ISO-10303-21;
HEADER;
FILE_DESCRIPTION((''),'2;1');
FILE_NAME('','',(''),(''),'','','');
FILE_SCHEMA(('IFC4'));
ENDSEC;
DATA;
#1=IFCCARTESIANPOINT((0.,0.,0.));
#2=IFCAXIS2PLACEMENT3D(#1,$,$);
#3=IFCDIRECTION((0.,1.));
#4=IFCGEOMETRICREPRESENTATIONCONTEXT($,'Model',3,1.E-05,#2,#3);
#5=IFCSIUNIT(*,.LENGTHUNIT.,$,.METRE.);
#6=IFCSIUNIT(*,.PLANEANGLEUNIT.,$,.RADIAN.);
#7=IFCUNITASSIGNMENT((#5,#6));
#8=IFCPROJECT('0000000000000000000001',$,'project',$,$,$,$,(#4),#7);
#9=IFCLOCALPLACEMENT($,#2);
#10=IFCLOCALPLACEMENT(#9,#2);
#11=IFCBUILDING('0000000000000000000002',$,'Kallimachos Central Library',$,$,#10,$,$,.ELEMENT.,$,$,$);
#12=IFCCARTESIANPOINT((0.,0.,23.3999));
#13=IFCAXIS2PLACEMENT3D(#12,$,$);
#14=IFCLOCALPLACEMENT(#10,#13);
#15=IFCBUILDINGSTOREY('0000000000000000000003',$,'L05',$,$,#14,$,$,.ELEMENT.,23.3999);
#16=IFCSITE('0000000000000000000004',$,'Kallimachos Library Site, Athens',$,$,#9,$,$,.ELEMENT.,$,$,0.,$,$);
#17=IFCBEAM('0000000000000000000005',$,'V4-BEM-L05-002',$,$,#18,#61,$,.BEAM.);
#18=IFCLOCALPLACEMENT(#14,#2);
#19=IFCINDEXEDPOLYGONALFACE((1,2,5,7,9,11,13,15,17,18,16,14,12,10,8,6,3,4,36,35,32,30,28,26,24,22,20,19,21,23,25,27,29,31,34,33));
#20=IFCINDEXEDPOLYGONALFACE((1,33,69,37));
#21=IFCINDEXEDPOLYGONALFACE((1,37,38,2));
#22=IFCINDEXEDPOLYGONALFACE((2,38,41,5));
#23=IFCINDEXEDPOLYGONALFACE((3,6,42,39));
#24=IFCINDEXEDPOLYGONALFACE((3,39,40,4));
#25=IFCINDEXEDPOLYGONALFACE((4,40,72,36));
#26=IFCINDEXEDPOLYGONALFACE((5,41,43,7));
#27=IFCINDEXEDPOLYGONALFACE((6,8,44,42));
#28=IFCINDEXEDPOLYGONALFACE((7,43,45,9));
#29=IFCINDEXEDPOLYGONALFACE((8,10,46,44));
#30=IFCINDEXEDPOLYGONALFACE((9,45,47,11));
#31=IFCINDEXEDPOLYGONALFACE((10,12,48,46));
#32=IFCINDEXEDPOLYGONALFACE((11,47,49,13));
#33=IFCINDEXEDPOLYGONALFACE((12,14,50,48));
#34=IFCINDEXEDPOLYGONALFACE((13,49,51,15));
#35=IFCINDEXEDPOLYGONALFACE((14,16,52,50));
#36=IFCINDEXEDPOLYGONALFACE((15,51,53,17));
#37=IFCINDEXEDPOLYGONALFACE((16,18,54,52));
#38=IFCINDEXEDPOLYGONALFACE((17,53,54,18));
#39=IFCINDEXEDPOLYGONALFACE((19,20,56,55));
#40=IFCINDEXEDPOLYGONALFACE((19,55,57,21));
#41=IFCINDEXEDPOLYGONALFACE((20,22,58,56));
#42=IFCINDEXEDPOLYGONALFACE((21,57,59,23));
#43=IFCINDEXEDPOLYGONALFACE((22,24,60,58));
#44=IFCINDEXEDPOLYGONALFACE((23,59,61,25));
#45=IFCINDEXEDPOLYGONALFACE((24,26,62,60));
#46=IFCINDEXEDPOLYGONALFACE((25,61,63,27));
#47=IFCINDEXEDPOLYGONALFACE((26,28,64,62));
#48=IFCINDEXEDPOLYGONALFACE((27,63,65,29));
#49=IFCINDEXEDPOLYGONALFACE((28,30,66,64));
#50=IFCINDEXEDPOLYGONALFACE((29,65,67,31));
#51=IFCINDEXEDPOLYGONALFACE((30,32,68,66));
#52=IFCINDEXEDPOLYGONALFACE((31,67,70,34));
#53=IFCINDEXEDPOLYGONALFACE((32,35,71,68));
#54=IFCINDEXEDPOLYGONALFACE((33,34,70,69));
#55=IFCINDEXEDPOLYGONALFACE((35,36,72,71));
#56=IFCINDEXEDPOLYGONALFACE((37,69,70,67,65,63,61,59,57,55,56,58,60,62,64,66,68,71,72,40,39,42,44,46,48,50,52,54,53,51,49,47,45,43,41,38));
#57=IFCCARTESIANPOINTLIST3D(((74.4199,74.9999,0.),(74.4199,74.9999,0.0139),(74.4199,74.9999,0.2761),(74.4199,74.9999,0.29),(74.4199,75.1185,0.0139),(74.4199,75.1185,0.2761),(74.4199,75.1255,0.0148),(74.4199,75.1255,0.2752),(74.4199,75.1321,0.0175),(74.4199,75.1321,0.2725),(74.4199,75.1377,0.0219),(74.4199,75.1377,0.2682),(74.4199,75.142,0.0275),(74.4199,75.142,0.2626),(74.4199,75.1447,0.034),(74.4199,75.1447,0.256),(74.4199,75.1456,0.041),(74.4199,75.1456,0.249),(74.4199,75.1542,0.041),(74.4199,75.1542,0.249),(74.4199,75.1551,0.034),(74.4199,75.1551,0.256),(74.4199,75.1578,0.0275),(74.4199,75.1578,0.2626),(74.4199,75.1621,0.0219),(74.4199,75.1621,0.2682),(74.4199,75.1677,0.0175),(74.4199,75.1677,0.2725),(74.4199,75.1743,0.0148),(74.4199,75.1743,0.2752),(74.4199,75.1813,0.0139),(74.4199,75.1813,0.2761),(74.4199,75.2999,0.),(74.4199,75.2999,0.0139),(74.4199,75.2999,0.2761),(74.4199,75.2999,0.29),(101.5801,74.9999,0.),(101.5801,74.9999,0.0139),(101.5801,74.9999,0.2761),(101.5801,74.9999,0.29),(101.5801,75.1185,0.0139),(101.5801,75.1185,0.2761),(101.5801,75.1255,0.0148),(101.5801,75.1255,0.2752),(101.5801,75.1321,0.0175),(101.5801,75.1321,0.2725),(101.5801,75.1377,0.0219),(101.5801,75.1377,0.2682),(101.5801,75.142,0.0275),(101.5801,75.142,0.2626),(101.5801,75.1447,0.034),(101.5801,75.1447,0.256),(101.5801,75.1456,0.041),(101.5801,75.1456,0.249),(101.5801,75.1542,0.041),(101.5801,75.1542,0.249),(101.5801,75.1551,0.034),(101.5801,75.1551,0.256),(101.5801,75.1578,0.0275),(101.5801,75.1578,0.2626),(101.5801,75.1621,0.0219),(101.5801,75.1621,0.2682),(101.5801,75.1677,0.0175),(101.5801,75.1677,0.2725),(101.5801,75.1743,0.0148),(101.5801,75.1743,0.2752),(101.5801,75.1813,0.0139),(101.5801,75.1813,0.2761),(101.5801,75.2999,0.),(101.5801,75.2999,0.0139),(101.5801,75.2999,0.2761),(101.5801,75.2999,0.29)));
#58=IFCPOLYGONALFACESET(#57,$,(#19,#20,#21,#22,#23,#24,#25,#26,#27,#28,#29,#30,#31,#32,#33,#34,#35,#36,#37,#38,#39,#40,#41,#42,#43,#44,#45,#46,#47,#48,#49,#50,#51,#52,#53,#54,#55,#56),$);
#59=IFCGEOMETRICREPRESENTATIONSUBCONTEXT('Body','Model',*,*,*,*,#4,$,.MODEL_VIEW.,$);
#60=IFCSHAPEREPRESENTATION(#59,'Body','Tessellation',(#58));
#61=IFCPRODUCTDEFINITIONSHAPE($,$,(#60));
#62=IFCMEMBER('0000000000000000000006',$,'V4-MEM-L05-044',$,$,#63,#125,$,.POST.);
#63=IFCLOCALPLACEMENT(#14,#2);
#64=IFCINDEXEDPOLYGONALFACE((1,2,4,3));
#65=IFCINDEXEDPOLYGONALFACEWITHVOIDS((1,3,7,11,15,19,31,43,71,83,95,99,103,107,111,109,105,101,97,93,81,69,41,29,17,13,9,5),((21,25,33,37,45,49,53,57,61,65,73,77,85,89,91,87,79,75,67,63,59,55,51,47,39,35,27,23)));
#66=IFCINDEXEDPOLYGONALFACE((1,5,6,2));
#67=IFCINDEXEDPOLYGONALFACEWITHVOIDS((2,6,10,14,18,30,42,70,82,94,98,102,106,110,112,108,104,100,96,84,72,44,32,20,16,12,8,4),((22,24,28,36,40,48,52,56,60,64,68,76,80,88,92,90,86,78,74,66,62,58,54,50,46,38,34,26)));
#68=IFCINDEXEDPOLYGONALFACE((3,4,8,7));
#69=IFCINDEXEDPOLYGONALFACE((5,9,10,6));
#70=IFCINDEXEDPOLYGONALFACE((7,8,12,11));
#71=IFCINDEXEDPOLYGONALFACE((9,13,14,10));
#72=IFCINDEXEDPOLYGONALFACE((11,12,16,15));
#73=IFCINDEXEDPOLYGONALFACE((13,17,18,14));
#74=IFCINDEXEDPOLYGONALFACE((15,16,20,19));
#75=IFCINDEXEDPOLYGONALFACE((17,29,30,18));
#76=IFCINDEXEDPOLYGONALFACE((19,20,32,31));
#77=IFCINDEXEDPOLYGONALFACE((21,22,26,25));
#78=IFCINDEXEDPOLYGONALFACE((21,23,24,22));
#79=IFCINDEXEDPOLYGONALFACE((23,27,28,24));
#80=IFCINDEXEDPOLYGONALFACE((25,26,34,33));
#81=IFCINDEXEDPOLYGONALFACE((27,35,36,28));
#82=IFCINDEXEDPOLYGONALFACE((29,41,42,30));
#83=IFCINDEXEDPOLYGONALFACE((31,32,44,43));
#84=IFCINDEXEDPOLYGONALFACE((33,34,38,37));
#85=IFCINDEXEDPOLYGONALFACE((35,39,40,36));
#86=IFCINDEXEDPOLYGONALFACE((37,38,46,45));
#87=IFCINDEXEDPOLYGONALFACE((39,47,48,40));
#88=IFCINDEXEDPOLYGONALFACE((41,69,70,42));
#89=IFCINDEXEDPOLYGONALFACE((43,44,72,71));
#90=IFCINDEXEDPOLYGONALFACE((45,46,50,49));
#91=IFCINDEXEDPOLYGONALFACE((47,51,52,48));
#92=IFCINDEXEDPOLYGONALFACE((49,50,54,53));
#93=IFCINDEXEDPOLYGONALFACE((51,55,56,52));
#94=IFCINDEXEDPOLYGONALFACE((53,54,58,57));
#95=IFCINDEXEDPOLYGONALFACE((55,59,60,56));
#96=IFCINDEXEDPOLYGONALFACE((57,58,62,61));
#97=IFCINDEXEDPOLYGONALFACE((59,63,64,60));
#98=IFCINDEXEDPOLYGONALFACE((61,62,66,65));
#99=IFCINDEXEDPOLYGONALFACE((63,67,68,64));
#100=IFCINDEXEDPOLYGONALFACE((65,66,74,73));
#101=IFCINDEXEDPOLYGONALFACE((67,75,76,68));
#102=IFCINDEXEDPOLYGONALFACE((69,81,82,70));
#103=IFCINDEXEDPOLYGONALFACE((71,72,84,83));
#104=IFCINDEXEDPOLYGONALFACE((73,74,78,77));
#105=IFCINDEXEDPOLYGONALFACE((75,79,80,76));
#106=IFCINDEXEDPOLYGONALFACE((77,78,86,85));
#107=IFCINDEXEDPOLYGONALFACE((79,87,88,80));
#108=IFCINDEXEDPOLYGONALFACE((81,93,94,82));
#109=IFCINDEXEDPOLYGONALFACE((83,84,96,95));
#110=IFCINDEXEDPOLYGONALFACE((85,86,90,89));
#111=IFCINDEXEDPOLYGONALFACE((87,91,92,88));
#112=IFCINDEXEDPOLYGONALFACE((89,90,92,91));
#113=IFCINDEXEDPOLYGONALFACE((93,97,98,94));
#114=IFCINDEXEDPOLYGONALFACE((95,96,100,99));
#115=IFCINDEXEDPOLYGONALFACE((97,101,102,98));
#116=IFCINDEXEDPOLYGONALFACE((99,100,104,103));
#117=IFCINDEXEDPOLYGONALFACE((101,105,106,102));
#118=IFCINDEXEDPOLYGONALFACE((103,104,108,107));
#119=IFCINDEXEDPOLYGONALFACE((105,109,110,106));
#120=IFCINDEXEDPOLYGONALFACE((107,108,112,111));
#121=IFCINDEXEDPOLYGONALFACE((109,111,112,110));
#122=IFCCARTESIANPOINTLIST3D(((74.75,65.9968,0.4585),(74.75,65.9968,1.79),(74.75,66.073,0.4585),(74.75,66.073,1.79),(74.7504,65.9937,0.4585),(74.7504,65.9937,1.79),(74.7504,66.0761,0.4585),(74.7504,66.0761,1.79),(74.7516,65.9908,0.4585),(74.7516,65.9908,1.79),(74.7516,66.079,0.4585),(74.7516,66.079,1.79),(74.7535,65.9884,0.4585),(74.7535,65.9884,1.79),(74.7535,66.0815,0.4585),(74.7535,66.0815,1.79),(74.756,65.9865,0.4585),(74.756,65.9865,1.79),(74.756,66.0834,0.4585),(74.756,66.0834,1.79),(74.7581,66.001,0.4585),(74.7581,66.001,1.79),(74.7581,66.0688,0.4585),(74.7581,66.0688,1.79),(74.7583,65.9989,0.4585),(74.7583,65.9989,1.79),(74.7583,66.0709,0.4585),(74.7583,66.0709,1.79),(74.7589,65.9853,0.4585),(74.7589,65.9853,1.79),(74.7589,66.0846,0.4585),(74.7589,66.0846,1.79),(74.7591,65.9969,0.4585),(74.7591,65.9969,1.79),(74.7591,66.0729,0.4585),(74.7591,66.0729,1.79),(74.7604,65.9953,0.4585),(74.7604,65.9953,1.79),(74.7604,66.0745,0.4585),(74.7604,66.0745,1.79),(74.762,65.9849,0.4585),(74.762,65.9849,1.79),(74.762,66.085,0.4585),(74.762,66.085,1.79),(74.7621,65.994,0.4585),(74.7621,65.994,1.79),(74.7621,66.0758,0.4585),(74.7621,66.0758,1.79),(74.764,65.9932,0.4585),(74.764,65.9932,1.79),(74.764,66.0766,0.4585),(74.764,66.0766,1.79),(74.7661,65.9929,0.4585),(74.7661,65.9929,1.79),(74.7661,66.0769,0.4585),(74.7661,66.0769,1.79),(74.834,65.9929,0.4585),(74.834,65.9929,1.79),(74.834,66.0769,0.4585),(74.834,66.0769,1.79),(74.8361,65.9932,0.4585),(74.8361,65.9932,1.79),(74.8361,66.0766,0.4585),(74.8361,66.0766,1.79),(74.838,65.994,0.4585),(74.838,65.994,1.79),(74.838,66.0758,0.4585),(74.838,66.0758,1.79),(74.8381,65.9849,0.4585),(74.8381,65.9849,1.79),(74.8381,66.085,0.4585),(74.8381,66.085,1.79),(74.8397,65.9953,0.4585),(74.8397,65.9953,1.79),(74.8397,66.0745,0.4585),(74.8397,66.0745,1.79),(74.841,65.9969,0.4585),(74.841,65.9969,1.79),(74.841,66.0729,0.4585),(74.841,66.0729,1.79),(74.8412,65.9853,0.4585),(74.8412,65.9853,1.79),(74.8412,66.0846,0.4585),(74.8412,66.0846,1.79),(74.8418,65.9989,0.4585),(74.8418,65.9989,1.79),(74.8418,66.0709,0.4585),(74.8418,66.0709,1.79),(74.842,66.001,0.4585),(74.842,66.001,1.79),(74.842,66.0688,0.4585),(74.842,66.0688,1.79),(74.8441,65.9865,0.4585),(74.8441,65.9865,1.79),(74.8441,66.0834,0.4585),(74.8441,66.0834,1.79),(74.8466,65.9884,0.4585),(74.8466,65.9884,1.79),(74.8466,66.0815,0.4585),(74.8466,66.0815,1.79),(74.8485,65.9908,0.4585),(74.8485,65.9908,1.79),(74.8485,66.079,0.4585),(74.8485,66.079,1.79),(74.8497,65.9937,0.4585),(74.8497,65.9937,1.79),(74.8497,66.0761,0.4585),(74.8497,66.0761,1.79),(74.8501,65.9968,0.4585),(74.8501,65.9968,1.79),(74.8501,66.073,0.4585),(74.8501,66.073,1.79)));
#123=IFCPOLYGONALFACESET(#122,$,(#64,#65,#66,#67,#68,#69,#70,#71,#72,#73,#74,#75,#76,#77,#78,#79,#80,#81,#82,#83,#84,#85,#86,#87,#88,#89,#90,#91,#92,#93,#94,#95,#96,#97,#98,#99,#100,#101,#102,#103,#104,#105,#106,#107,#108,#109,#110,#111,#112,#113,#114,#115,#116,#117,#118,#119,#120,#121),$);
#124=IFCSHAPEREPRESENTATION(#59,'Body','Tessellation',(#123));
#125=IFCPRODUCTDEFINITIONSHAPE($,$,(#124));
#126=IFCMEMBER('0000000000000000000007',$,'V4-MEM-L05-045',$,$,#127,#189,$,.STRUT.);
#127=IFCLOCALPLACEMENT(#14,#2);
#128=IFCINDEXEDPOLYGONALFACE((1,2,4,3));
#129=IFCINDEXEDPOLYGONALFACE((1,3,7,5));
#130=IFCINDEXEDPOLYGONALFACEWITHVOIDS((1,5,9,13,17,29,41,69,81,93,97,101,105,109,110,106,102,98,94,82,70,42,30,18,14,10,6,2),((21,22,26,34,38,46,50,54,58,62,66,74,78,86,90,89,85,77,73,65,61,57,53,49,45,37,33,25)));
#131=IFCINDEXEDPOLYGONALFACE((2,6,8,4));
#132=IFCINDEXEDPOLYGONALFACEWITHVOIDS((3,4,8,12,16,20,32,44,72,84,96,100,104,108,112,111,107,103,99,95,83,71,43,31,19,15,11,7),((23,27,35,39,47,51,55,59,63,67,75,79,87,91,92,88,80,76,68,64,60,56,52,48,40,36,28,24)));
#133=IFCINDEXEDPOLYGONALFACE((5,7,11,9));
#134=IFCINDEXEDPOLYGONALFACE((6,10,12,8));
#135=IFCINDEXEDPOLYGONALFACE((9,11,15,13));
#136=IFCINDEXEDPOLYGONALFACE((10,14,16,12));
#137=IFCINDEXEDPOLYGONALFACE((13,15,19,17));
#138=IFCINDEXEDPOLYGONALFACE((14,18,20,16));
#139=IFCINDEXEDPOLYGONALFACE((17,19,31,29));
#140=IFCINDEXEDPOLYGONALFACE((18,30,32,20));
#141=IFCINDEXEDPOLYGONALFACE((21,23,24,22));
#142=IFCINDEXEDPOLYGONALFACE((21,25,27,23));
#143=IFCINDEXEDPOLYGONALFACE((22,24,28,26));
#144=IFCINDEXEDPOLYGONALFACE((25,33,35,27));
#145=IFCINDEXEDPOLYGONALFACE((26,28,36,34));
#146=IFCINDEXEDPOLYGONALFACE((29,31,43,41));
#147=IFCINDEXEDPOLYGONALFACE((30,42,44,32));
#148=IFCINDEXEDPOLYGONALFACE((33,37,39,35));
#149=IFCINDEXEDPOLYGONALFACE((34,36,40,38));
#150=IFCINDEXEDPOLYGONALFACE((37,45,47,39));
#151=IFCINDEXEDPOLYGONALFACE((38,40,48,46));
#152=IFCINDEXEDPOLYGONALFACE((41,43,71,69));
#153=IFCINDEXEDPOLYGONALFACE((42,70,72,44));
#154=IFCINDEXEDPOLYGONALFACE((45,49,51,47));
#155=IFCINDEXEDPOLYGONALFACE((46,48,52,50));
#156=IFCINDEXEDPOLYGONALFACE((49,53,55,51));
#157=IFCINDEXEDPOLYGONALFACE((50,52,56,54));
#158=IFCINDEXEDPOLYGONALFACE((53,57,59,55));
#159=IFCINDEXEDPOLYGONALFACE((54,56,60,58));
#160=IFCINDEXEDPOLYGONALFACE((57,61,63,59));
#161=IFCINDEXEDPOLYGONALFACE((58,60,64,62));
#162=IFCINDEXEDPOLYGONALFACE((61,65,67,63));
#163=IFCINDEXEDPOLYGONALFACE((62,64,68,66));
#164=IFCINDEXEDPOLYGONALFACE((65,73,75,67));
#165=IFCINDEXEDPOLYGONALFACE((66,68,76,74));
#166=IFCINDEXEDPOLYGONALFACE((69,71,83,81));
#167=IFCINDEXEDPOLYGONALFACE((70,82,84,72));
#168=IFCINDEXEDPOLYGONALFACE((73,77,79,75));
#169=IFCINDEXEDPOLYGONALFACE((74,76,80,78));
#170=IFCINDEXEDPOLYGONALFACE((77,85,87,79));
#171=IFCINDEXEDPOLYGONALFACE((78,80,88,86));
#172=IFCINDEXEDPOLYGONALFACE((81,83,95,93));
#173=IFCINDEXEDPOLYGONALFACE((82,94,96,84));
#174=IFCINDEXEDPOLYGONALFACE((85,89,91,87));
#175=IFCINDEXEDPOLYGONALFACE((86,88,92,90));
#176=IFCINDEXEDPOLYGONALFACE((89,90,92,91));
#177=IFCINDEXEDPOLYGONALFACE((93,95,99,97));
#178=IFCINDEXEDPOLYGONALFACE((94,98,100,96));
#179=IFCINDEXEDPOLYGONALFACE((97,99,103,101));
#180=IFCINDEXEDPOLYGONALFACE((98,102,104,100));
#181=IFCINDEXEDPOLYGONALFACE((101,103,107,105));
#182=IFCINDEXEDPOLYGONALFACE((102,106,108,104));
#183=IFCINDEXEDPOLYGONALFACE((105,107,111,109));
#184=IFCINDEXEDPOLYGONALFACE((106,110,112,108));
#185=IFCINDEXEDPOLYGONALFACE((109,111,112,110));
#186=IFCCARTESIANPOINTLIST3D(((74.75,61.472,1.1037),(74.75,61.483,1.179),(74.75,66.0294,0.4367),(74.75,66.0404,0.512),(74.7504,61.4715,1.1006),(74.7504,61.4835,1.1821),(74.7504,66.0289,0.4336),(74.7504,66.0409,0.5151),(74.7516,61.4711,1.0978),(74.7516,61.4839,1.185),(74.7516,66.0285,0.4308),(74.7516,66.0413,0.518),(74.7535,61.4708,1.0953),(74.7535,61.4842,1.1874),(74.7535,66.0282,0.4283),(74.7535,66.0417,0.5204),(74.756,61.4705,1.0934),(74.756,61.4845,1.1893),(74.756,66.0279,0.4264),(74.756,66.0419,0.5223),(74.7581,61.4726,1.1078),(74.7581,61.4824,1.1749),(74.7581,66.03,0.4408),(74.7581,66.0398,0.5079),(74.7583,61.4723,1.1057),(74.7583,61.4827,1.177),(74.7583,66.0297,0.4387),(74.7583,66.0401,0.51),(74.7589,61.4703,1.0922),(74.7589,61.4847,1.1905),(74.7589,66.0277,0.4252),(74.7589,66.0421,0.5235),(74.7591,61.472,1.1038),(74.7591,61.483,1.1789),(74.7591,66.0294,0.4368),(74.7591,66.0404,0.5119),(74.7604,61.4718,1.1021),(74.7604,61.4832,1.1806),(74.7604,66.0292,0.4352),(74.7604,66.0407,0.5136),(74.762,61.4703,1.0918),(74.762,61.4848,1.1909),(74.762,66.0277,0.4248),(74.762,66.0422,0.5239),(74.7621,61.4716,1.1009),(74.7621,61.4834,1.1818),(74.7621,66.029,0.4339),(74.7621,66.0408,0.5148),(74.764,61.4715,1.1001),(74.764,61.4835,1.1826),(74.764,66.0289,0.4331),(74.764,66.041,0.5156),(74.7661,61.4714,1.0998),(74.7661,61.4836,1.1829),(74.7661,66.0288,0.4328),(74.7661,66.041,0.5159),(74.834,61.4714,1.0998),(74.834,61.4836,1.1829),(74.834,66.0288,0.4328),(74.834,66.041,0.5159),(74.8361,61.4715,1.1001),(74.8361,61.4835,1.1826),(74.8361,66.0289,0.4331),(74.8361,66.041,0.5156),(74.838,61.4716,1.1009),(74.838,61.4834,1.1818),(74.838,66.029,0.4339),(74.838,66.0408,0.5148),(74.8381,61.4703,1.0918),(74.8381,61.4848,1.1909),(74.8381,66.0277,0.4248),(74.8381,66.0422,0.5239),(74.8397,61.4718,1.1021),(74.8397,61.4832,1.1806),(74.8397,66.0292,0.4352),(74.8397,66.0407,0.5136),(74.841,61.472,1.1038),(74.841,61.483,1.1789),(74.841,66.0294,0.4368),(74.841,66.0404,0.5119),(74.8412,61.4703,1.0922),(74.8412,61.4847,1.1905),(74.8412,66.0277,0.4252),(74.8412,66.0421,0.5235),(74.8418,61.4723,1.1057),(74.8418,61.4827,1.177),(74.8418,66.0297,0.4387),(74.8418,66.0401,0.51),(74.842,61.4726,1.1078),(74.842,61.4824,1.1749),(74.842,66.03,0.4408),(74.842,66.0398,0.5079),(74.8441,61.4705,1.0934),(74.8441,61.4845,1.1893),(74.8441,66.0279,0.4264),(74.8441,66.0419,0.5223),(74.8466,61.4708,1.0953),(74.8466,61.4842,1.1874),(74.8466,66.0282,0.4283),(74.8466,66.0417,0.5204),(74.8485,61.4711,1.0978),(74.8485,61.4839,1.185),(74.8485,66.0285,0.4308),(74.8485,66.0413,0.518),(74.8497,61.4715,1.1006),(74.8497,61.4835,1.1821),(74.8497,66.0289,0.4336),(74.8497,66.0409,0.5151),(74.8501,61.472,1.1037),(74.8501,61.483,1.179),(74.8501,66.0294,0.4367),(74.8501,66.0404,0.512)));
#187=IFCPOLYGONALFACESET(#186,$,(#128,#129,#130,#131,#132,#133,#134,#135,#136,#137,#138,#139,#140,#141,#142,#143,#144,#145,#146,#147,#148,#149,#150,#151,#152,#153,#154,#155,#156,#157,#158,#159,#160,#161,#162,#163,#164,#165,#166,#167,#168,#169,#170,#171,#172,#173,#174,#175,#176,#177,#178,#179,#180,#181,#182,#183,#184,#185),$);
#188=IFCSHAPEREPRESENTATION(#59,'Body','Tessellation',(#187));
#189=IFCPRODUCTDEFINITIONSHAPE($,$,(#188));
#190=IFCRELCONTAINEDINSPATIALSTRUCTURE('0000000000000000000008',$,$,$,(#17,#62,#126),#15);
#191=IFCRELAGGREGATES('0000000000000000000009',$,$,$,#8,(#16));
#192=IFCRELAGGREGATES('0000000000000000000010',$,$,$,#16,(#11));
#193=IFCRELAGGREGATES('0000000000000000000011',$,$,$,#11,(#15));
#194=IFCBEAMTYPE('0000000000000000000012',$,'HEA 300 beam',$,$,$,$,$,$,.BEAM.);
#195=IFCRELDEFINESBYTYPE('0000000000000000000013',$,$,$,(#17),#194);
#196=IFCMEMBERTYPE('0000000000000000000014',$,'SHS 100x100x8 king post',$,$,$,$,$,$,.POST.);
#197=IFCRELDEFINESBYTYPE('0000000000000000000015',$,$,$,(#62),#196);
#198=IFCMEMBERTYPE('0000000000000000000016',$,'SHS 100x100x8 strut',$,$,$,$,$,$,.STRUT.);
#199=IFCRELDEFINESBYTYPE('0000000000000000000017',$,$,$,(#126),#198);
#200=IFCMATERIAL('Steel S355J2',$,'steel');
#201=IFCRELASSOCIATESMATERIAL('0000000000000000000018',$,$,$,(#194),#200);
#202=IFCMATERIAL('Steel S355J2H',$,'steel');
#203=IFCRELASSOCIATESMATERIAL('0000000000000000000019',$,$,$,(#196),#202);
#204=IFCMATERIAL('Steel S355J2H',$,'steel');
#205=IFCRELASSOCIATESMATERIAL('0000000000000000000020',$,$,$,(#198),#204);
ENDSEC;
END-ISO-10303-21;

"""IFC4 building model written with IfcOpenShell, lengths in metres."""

from ifc_helpers import new_model, si_unit, direction, frame, origin, origin_2d, place, context, subcontext, project, spatial, hollow_rectangle, i_section, extrude, material, material_profile, profile_set, type_object, element, save


model = new_model("IFC4")

# Units and contexts
model_context = context("Model", 3, precision=1e-05, world=origin(), true_north=direction((0.0, 1.0)))
body_context = subcontext(model_context, "Body", "Model", "MODEL_VIEW")
ifc_project = project(units=[si_unit("LENGTHUNIT", "METRE"), si_unit("PLANEANGLEUNIT", "RADIAN")], contexts=[model_context])

# Site, building, storey
site_placement = place(None, origin())
site = spatial("IfcSite", under=ifc_project, at=site_placement, Name="Kallimachos Library Site, Athens", CompositionType="ELEMENT", RefElevation=0.0)
building_placement = place(site_placement, origin())
building = spatial("IfcBuilding", under=site, at=building_placement, Name="Kallimachos Central Library", CompositionType="ELEMENT")
storey_placement = place(building_placement, frame((0.0, 0.0, 23.3999)))
storey = spatial("IfcBuildingStorey", under=building, at=storey_placement, Name="L05", CompositionType="ELEMENT", Elevation=23.3999)

# Beam
ifc_material_1 = material(Name="Steel S355J2", Category="steel")
ifc_material_profile_1 = material_profile(ifc_material_1, i_section(OverallWidth=0.3, OverallDepth=0.29, WebThickness=0.0085, FlangeThickness=0.0139, FilletRadius=0.0271, at=origin_2d()), Name="HEA 300")
ifc_profile_set_1 = profile_set([ifc_material_profile_1], Name="Steel S355J2")
beam_type = type_object("IfcBeamType", Name="HEA 300 beam", PredefinedType="BEAM", material=ifc_profile_set_1)
beam_placement = place(storey_placement, frame((74.4199, 75.1499, 0.145), z_axis=(1.0, 0.0, 0.0), x_axis=(0.0, 1.0, 0.0)))
element("IfcBeam", 1, at=beam_placement, inside=storey, type_object=beam_type, Name="V4-BEM-L05-002", PredefinedType="BEAM", context=body_context, shape_type="SweptSolid", body=[
    extrude(i_section(OverallWidth=0.3, OverallDepth=0.29, WebThickness=0.0085, FlangeThickness=0.0139, FilletRadius=0.0271, at=origin_2d()), origin(), (0.0, 0.0, 1.0), 27.1602),
])

# Members
ifc_material_2 = material(Name="Steel S355J2H", Category="steel")
ifc_material_profile_2 = material_profile(ifc_material_2, hollow_rectangle(XDim=0.1001, YDim=0.1001, WallThickness=0.0081, InnerFilletRadius=0.0081, OuterFilletRadius=0.012, at=origin_2d()), Name="SHS 100x100x8")
ifc_profile_set_2 = profile_set([ifc_material_profile_2], Name="Steel S355J2H")
member_type_1 = type_object("IfcMemberType", Name="SHS 100x100x8 king post", PredefinedType="POST", material=ifc_profile_set_2)
member_1_placement = place(storey_placement, frame((74.8, 66.0349, 0.4585), z_axis=(0.0, 0.0, 1.0), x_axis=(1.0, 0.0, 0.0)))
element("IfcMember", 2, at=member_1_placement, inside=storey, type_object=member_type_1, Name="V4-MEM-L05-044", PredefinedType="POST", context=body_context, shape_type="SweptSolid", body=[
    extrude(hollow_rectangle(XDim=0.1001, YDim=0.1001, WallThickness=0.0081, InnerFilletRadius=0.0081, OuterFilletRadius=0.012, at=origin_2d()), origin(), (0.0, 0.0, 1.0), 1.3315),
])
ifc_material_3 = material(Name="Steel S355J2H", Category="steel")
ifc_material_profile_3 = material_profile(ifc_material_3, hollow_rectangle(XDim=0.1001, YDim=0.1001, WallThickness=0.0081, InnerFilletRadius=0.0081, OuterFilletRadius=0.012, at=origin_2d()), Name="SHS 100x100x8")
ifc_profile_set_3 = profile_set([ifc_material_profile_3], Name="Steel S355J2H")
member_type_2 = type_object("IfcMemberType", Name="SHS 100x100x8 strut", PredefinedType="STRUT", material=ifc_profile_set_3)
member_2_placement = place(storey_placement, frame((74.8, 66.0349, 0.4744), z_axis=(0.0, -0.989459, 0.144812), x_axis=(1.0, 0.0, 0.0)))
element("IfcMember", 3, at=member_2_placement, inside=storey, type_object=member_type_2, Name="V4-MEM-L05-045", PredefinedType="STRUT", context=body_context, shape_type="SweptSolid", body=[
    extrude(hollow_rectangle(XDim=0.1001, YDim=0.1001, WallThickness=0.0081, InnerFilletRadius=0.0081, OuterFilletRadius=0.012, at=origin_2d()), origin(), (0.0, 0.0, 1.0), 4.606),
])

save(model, "model.ifc")
